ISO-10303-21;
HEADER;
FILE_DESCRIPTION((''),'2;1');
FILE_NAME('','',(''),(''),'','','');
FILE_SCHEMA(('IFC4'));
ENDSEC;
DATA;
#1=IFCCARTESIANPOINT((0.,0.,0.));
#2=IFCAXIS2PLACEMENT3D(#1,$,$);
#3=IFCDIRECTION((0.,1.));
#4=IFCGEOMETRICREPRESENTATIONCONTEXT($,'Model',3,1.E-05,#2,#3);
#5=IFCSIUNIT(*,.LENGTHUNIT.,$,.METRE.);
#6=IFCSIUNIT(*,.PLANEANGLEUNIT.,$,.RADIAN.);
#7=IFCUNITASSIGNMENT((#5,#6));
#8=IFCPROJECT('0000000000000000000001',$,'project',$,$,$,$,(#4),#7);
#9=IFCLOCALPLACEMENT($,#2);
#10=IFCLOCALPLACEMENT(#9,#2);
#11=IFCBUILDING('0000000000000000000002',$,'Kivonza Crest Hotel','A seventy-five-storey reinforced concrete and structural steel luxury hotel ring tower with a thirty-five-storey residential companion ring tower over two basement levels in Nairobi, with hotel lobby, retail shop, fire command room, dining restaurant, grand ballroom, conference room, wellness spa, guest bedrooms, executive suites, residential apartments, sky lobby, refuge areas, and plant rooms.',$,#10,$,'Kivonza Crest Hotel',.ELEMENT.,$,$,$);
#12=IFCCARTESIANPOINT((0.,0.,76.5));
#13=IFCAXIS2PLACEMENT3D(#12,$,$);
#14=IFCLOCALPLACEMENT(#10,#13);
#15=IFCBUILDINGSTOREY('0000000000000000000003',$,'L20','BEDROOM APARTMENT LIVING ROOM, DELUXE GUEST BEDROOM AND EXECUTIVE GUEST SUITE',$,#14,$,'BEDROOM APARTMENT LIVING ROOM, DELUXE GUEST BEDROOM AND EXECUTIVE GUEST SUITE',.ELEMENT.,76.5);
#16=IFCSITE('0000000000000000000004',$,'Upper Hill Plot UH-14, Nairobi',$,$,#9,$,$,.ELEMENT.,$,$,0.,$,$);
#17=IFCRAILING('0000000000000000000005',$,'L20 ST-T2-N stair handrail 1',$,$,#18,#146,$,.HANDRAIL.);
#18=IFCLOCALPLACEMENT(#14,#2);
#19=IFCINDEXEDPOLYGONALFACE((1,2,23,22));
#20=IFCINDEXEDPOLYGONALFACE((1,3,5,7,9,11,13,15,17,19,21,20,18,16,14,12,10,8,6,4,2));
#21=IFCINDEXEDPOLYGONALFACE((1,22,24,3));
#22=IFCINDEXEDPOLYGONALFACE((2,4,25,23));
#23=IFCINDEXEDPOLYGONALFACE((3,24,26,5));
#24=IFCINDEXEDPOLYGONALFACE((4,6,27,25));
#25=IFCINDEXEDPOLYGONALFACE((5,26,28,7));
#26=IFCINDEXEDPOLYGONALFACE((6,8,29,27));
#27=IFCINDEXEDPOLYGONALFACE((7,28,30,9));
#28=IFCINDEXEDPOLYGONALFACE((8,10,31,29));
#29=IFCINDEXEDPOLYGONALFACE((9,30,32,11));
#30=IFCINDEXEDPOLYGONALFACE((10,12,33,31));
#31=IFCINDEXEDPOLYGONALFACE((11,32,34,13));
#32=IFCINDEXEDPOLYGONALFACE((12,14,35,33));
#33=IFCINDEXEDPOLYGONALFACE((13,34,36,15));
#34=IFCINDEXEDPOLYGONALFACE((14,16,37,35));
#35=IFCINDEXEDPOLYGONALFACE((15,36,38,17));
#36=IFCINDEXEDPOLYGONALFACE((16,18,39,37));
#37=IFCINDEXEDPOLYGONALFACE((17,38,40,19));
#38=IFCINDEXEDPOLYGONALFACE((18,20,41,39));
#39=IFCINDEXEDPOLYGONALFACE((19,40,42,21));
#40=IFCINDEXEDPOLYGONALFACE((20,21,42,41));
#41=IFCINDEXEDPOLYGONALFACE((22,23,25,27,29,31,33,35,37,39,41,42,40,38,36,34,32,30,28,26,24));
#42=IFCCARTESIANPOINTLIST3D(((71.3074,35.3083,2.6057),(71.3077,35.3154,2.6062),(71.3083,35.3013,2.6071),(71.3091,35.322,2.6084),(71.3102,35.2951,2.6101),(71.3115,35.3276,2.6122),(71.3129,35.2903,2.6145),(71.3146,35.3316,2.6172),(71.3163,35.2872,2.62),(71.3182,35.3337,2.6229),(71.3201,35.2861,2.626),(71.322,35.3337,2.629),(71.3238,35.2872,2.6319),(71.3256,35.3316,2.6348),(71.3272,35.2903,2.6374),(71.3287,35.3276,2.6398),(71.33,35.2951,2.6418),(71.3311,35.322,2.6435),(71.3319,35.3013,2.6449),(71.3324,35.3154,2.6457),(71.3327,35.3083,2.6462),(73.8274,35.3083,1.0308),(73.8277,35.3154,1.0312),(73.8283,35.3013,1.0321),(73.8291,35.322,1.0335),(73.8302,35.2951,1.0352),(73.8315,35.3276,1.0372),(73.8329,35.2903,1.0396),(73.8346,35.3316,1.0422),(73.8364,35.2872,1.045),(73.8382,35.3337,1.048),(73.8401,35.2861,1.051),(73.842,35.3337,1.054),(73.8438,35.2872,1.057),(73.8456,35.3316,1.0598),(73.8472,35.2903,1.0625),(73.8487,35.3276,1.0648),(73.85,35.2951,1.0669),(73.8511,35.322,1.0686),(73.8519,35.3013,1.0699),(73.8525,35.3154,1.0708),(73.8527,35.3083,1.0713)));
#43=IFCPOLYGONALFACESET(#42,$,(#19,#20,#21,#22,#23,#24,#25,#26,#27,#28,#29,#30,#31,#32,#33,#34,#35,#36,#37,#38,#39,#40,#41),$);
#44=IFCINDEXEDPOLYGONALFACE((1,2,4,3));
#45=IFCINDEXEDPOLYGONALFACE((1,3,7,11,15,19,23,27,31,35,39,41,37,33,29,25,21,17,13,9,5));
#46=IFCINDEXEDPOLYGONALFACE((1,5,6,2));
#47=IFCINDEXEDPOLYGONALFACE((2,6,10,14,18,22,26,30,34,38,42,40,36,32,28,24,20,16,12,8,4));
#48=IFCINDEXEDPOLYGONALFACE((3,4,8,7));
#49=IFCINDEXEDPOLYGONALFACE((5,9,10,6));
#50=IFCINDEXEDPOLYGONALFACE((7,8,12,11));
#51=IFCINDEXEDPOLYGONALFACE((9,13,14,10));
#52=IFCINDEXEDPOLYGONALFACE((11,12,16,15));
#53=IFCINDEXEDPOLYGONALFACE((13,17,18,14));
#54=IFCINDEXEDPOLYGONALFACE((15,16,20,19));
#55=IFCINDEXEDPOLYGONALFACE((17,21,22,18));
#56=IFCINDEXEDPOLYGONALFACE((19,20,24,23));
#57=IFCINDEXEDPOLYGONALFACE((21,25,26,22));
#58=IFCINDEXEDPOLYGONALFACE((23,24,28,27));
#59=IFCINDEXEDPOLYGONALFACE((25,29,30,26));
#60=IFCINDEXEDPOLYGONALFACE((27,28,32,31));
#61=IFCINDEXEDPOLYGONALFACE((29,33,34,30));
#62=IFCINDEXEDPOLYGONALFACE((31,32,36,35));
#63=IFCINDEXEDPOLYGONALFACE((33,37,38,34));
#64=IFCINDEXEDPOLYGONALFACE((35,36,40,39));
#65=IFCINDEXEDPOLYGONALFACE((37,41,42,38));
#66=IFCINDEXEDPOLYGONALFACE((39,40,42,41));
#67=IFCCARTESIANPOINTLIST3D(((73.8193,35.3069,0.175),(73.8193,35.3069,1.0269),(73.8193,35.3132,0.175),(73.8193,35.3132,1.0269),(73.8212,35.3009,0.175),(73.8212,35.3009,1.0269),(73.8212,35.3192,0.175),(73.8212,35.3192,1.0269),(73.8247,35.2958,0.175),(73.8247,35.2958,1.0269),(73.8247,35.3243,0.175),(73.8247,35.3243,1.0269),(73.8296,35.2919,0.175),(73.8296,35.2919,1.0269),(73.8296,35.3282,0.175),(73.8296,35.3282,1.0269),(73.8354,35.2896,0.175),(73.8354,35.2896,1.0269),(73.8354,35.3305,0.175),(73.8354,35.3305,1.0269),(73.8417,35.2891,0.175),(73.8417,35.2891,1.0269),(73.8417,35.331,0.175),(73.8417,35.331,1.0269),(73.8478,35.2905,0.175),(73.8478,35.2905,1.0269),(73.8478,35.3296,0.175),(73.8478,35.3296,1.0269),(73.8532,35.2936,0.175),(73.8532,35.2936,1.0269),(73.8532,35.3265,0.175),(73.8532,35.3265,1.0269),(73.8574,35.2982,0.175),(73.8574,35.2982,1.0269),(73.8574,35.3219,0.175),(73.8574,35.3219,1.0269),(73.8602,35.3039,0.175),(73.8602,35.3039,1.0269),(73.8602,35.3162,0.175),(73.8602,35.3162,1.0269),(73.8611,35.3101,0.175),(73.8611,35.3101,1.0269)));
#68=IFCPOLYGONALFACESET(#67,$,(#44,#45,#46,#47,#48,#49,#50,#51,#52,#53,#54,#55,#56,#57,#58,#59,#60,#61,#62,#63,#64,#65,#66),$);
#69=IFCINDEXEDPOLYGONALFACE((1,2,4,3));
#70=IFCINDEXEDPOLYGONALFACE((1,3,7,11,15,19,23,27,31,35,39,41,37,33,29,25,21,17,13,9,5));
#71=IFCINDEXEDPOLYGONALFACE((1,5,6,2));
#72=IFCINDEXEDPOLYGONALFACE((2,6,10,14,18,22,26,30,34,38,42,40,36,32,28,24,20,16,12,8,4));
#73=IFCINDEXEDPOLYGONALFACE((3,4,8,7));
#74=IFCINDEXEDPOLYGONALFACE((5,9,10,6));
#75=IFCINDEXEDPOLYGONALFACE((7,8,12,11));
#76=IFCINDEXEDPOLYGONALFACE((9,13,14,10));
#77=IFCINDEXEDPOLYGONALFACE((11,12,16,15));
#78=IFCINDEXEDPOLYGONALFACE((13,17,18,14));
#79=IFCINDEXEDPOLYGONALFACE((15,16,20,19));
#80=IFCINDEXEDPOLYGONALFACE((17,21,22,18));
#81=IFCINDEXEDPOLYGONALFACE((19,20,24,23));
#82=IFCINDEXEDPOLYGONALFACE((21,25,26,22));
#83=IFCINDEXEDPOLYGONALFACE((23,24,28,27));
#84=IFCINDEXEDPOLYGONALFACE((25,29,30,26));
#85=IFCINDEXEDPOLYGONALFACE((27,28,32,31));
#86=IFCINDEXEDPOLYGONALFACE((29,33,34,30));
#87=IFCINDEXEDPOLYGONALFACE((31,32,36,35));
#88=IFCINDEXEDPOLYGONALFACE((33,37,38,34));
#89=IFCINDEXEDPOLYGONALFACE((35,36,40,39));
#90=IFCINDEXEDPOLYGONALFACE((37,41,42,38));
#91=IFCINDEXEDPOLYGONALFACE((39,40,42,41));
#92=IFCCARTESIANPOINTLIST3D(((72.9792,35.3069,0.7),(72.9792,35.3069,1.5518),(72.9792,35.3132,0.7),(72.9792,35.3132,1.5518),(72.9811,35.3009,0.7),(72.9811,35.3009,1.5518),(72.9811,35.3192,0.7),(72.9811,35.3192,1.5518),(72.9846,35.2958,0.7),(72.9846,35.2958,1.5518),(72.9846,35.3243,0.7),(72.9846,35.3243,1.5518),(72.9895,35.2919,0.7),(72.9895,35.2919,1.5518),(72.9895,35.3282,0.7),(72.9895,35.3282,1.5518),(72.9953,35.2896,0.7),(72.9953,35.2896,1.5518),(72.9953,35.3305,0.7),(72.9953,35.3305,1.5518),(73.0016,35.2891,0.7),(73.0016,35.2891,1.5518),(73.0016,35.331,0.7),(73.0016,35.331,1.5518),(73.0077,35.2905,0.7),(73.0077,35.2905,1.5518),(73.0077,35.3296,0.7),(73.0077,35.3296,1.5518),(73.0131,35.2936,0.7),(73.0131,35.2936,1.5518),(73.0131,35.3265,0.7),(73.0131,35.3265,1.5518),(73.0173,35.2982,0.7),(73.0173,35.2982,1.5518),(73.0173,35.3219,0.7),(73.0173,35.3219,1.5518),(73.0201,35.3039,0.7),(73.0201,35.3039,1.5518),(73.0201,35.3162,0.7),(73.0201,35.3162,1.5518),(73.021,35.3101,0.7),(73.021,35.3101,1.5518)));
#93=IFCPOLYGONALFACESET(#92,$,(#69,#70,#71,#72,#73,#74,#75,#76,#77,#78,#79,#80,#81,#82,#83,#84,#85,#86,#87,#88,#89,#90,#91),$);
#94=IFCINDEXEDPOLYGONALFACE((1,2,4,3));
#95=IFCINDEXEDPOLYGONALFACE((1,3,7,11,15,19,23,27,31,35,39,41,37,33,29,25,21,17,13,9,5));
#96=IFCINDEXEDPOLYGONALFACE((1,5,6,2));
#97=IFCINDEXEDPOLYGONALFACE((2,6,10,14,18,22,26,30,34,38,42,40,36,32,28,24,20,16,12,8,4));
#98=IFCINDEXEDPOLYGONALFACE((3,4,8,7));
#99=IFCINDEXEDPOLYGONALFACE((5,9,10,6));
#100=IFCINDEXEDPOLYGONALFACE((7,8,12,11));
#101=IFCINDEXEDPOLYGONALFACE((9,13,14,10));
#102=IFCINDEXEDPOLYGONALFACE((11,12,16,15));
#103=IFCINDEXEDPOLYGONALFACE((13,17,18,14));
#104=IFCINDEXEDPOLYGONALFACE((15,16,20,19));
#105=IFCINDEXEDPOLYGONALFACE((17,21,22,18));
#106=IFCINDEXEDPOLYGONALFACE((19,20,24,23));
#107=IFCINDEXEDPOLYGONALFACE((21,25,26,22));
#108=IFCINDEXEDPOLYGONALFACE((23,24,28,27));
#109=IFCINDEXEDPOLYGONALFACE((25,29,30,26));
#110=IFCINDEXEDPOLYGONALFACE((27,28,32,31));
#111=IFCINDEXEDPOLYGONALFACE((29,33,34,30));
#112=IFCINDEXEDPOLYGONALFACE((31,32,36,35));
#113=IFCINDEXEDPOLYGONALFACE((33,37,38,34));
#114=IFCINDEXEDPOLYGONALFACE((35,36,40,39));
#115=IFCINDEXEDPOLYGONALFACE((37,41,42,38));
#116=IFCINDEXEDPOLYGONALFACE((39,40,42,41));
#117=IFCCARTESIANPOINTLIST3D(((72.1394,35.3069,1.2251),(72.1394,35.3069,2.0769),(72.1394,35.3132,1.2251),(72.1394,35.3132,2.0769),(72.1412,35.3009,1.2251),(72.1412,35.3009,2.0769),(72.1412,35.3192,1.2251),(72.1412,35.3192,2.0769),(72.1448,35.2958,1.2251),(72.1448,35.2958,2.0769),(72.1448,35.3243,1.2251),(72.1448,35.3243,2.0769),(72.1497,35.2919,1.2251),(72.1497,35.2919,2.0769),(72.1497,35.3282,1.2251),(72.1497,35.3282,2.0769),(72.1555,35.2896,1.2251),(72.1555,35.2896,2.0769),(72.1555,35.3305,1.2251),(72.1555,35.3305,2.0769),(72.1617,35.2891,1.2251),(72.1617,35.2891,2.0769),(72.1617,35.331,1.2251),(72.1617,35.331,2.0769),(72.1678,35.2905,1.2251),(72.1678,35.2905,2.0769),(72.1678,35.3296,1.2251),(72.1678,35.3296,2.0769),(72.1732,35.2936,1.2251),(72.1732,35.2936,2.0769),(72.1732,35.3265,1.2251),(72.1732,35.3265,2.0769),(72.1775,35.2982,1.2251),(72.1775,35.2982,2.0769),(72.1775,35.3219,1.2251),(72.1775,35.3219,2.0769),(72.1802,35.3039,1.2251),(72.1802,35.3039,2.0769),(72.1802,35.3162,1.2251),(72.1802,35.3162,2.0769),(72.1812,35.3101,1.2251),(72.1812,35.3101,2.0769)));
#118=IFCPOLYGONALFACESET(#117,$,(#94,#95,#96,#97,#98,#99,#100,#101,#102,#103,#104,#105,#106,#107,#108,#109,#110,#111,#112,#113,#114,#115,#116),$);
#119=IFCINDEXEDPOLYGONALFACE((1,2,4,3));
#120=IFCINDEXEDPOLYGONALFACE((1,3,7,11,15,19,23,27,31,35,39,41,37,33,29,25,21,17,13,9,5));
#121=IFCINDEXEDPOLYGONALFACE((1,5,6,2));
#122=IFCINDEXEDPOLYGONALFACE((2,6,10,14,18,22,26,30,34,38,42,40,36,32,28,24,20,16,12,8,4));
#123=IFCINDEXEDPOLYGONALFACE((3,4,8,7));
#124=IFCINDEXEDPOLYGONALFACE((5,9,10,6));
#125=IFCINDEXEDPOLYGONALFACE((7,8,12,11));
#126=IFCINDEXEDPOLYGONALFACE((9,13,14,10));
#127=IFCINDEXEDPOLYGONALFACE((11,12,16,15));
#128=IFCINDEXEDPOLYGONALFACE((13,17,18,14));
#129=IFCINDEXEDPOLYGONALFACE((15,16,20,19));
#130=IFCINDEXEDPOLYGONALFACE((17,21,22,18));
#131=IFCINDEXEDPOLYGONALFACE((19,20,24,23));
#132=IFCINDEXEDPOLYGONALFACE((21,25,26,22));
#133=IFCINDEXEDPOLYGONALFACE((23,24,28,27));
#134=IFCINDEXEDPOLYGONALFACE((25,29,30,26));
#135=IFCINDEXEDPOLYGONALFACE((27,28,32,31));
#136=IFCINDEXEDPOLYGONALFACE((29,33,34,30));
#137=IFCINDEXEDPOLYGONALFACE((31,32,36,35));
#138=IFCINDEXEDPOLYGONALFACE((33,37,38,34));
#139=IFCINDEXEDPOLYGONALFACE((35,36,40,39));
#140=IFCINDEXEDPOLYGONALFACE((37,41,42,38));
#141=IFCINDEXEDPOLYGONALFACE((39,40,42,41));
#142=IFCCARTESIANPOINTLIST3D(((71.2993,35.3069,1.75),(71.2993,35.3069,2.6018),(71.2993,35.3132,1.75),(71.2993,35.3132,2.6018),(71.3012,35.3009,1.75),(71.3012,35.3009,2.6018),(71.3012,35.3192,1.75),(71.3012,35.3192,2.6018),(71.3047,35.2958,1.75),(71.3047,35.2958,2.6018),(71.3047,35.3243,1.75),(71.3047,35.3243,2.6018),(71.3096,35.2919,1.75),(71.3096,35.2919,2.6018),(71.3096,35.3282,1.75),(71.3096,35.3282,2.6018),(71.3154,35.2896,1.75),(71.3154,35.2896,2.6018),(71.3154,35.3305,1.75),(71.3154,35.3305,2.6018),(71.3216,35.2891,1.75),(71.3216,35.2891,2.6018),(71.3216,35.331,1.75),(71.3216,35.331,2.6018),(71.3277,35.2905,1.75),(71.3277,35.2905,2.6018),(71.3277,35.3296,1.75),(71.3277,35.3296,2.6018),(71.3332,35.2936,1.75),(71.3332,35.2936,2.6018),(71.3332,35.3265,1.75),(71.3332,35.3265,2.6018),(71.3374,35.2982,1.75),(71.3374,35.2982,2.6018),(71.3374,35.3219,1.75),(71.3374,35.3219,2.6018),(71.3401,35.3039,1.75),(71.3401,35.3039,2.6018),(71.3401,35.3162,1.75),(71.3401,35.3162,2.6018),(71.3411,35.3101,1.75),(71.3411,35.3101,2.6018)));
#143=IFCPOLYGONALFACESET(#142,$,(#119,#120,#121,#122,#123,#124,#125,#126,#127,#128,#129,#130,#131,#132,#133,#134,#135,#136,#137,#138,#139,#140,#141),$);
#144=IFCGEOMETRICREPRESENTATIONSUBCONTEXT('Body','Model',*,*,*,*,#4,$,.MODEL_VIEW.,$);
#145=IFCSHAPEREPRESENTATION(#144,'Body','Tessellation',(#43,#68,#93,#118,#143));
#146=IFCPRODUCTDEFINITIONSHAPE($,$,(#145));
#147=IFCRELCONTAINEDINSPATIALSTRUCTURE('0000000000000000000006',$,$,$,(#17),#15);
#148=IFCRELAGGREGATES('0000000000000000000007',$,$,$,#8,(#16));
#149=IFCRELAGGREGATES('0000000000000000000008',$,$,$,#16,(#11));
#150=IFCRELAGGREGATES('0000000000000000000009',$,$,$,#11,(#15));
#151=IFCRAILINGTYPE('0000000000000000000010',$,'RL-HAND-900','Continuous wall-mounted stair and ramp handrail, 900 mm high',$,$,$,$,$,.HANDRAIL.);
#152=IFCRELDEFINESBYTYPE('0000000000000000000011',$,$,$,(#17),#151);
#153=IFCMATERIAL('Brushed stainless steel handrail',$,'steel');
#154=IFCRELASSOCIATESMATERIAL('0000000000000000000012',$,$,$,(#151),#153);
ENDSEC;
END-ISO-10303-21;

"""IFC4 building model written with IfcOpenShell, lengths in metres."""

from ifc_helpers import new_model, si_unit, direction, frame, origin, origin_2d, place, context, subcontext, project, spatial, circle, extrude, material, type_object, element, save


model = new_model("IFC4")

# Units and contexts
model_context = context("Model", 3, precision=1e-05, world=origin(), true_north=direction((0.0, 1.0)))
body_context = subcontext(model_context, "Body", "Model", "MODEL_VIEW")
ifc_project = project(units=[si_unit("LENGTHUNIT", "METRE"), si_unit("PLANEANGLEUNIT", "RADIAN")], contexts=[model_context])

# Site, building, storey
site_placement = place(None, origin())
site = spatial("IfcSite", under=ifc_project, at=site_placement, Name="Upper Hill Plot UH-14, Nairobi", CompositionType="ELEMENT", RefElevation=0.0)
building_placement = place(site_placement, origin())
building = spatial("IfcBuilding", under=site, at=building_placement, Name="Kivonza Crest Hotel", Description="A seventy-five-storey reinforced concrete and structural steel luxury hotel ring tower with a thirty-five-storey residential companion ring tower over two basement levels in Nairobi, with hotel lobby, retail shop, fire command room, dining restaurant, grand ballroom, conference room, wellness spa, guest bedrooms, executive suites, residential apartments, sky lobby, refuge areas, and plant rooms.", LongName="Kivonza Crest Hotel", CompositionType="ELEMENT")
storey_placement = place(building_placement, frame((0.0, 0.0, 76.5)))
storey = spatial("IfcBuildingStorey", under=building, at=storey_placement, Name="L20", Description="BEDROOM APARTMENT LIVING ROOM, DELUXE GUEST BEDROOM AND EXECUTIVE GUEST SUITE", LongName="BEDROOM APARTMENT LIVING ROOM, DELUXE GUEST BEDROOM AND EXECUTIVE GUEST SUITE", CompositionType="ELEMENT", Elevation=76.5)

# Railing
ifc_material_1 = material(Name="Brushed stainless steel handrail", Category="steel")
railing_type = type_object("IfcRailingType", Name="RL-HAND-900", Description="Continuous wall-mounted stair and ramp handrail, 900 mm high", PredefinedType="HANDRAIL", material=ifc_material_1)
railing_placement = place(storey_placement, frame((73.8401, 35.3101, 0.175)))
element("IfcRailing", 1, at=railing_placement, inside=storey, type_object=railing_type, Name="L20 ST-T2-N stair handrail 1", PredefinedType="HANDRAIL", context=body_context, shape_type="SweptSolid", body=[
    extrude(circle(Radius=0.0239, at=origin_2d()), frame((0.0, 0.0, 0.876), z_axis=(-0.848008, 0.0, 0.529984), x_axis=(0.0, -1.0, 0.0)), (0.0, 0.0, 1.0), 2.9717),
    extrude(circle(Radius=0.021, at=origin_2d()), origin(), (0.0, 0.0, 1.0), 0.8518),
    extrude(circle(Radius=0.021, at=origin_2d()), frame((-0.8401, 0.0, 0.5249)), (0.0, 0.0, 1.0), 0.8518),
    extrude(circle(Radius=0.021, at=origin_2d()), frame((-1.6799, 0.0, 1.05)), (0.0, 0.0, 1.0), 0.8518),
    extrude(circle(Radius=0.021, at=origin_2d()), frame((-2.52, 0.0, 1.575)), (0.0, 0.0, 1.0), 0.8518),
])

save(model, "model.ifc")
